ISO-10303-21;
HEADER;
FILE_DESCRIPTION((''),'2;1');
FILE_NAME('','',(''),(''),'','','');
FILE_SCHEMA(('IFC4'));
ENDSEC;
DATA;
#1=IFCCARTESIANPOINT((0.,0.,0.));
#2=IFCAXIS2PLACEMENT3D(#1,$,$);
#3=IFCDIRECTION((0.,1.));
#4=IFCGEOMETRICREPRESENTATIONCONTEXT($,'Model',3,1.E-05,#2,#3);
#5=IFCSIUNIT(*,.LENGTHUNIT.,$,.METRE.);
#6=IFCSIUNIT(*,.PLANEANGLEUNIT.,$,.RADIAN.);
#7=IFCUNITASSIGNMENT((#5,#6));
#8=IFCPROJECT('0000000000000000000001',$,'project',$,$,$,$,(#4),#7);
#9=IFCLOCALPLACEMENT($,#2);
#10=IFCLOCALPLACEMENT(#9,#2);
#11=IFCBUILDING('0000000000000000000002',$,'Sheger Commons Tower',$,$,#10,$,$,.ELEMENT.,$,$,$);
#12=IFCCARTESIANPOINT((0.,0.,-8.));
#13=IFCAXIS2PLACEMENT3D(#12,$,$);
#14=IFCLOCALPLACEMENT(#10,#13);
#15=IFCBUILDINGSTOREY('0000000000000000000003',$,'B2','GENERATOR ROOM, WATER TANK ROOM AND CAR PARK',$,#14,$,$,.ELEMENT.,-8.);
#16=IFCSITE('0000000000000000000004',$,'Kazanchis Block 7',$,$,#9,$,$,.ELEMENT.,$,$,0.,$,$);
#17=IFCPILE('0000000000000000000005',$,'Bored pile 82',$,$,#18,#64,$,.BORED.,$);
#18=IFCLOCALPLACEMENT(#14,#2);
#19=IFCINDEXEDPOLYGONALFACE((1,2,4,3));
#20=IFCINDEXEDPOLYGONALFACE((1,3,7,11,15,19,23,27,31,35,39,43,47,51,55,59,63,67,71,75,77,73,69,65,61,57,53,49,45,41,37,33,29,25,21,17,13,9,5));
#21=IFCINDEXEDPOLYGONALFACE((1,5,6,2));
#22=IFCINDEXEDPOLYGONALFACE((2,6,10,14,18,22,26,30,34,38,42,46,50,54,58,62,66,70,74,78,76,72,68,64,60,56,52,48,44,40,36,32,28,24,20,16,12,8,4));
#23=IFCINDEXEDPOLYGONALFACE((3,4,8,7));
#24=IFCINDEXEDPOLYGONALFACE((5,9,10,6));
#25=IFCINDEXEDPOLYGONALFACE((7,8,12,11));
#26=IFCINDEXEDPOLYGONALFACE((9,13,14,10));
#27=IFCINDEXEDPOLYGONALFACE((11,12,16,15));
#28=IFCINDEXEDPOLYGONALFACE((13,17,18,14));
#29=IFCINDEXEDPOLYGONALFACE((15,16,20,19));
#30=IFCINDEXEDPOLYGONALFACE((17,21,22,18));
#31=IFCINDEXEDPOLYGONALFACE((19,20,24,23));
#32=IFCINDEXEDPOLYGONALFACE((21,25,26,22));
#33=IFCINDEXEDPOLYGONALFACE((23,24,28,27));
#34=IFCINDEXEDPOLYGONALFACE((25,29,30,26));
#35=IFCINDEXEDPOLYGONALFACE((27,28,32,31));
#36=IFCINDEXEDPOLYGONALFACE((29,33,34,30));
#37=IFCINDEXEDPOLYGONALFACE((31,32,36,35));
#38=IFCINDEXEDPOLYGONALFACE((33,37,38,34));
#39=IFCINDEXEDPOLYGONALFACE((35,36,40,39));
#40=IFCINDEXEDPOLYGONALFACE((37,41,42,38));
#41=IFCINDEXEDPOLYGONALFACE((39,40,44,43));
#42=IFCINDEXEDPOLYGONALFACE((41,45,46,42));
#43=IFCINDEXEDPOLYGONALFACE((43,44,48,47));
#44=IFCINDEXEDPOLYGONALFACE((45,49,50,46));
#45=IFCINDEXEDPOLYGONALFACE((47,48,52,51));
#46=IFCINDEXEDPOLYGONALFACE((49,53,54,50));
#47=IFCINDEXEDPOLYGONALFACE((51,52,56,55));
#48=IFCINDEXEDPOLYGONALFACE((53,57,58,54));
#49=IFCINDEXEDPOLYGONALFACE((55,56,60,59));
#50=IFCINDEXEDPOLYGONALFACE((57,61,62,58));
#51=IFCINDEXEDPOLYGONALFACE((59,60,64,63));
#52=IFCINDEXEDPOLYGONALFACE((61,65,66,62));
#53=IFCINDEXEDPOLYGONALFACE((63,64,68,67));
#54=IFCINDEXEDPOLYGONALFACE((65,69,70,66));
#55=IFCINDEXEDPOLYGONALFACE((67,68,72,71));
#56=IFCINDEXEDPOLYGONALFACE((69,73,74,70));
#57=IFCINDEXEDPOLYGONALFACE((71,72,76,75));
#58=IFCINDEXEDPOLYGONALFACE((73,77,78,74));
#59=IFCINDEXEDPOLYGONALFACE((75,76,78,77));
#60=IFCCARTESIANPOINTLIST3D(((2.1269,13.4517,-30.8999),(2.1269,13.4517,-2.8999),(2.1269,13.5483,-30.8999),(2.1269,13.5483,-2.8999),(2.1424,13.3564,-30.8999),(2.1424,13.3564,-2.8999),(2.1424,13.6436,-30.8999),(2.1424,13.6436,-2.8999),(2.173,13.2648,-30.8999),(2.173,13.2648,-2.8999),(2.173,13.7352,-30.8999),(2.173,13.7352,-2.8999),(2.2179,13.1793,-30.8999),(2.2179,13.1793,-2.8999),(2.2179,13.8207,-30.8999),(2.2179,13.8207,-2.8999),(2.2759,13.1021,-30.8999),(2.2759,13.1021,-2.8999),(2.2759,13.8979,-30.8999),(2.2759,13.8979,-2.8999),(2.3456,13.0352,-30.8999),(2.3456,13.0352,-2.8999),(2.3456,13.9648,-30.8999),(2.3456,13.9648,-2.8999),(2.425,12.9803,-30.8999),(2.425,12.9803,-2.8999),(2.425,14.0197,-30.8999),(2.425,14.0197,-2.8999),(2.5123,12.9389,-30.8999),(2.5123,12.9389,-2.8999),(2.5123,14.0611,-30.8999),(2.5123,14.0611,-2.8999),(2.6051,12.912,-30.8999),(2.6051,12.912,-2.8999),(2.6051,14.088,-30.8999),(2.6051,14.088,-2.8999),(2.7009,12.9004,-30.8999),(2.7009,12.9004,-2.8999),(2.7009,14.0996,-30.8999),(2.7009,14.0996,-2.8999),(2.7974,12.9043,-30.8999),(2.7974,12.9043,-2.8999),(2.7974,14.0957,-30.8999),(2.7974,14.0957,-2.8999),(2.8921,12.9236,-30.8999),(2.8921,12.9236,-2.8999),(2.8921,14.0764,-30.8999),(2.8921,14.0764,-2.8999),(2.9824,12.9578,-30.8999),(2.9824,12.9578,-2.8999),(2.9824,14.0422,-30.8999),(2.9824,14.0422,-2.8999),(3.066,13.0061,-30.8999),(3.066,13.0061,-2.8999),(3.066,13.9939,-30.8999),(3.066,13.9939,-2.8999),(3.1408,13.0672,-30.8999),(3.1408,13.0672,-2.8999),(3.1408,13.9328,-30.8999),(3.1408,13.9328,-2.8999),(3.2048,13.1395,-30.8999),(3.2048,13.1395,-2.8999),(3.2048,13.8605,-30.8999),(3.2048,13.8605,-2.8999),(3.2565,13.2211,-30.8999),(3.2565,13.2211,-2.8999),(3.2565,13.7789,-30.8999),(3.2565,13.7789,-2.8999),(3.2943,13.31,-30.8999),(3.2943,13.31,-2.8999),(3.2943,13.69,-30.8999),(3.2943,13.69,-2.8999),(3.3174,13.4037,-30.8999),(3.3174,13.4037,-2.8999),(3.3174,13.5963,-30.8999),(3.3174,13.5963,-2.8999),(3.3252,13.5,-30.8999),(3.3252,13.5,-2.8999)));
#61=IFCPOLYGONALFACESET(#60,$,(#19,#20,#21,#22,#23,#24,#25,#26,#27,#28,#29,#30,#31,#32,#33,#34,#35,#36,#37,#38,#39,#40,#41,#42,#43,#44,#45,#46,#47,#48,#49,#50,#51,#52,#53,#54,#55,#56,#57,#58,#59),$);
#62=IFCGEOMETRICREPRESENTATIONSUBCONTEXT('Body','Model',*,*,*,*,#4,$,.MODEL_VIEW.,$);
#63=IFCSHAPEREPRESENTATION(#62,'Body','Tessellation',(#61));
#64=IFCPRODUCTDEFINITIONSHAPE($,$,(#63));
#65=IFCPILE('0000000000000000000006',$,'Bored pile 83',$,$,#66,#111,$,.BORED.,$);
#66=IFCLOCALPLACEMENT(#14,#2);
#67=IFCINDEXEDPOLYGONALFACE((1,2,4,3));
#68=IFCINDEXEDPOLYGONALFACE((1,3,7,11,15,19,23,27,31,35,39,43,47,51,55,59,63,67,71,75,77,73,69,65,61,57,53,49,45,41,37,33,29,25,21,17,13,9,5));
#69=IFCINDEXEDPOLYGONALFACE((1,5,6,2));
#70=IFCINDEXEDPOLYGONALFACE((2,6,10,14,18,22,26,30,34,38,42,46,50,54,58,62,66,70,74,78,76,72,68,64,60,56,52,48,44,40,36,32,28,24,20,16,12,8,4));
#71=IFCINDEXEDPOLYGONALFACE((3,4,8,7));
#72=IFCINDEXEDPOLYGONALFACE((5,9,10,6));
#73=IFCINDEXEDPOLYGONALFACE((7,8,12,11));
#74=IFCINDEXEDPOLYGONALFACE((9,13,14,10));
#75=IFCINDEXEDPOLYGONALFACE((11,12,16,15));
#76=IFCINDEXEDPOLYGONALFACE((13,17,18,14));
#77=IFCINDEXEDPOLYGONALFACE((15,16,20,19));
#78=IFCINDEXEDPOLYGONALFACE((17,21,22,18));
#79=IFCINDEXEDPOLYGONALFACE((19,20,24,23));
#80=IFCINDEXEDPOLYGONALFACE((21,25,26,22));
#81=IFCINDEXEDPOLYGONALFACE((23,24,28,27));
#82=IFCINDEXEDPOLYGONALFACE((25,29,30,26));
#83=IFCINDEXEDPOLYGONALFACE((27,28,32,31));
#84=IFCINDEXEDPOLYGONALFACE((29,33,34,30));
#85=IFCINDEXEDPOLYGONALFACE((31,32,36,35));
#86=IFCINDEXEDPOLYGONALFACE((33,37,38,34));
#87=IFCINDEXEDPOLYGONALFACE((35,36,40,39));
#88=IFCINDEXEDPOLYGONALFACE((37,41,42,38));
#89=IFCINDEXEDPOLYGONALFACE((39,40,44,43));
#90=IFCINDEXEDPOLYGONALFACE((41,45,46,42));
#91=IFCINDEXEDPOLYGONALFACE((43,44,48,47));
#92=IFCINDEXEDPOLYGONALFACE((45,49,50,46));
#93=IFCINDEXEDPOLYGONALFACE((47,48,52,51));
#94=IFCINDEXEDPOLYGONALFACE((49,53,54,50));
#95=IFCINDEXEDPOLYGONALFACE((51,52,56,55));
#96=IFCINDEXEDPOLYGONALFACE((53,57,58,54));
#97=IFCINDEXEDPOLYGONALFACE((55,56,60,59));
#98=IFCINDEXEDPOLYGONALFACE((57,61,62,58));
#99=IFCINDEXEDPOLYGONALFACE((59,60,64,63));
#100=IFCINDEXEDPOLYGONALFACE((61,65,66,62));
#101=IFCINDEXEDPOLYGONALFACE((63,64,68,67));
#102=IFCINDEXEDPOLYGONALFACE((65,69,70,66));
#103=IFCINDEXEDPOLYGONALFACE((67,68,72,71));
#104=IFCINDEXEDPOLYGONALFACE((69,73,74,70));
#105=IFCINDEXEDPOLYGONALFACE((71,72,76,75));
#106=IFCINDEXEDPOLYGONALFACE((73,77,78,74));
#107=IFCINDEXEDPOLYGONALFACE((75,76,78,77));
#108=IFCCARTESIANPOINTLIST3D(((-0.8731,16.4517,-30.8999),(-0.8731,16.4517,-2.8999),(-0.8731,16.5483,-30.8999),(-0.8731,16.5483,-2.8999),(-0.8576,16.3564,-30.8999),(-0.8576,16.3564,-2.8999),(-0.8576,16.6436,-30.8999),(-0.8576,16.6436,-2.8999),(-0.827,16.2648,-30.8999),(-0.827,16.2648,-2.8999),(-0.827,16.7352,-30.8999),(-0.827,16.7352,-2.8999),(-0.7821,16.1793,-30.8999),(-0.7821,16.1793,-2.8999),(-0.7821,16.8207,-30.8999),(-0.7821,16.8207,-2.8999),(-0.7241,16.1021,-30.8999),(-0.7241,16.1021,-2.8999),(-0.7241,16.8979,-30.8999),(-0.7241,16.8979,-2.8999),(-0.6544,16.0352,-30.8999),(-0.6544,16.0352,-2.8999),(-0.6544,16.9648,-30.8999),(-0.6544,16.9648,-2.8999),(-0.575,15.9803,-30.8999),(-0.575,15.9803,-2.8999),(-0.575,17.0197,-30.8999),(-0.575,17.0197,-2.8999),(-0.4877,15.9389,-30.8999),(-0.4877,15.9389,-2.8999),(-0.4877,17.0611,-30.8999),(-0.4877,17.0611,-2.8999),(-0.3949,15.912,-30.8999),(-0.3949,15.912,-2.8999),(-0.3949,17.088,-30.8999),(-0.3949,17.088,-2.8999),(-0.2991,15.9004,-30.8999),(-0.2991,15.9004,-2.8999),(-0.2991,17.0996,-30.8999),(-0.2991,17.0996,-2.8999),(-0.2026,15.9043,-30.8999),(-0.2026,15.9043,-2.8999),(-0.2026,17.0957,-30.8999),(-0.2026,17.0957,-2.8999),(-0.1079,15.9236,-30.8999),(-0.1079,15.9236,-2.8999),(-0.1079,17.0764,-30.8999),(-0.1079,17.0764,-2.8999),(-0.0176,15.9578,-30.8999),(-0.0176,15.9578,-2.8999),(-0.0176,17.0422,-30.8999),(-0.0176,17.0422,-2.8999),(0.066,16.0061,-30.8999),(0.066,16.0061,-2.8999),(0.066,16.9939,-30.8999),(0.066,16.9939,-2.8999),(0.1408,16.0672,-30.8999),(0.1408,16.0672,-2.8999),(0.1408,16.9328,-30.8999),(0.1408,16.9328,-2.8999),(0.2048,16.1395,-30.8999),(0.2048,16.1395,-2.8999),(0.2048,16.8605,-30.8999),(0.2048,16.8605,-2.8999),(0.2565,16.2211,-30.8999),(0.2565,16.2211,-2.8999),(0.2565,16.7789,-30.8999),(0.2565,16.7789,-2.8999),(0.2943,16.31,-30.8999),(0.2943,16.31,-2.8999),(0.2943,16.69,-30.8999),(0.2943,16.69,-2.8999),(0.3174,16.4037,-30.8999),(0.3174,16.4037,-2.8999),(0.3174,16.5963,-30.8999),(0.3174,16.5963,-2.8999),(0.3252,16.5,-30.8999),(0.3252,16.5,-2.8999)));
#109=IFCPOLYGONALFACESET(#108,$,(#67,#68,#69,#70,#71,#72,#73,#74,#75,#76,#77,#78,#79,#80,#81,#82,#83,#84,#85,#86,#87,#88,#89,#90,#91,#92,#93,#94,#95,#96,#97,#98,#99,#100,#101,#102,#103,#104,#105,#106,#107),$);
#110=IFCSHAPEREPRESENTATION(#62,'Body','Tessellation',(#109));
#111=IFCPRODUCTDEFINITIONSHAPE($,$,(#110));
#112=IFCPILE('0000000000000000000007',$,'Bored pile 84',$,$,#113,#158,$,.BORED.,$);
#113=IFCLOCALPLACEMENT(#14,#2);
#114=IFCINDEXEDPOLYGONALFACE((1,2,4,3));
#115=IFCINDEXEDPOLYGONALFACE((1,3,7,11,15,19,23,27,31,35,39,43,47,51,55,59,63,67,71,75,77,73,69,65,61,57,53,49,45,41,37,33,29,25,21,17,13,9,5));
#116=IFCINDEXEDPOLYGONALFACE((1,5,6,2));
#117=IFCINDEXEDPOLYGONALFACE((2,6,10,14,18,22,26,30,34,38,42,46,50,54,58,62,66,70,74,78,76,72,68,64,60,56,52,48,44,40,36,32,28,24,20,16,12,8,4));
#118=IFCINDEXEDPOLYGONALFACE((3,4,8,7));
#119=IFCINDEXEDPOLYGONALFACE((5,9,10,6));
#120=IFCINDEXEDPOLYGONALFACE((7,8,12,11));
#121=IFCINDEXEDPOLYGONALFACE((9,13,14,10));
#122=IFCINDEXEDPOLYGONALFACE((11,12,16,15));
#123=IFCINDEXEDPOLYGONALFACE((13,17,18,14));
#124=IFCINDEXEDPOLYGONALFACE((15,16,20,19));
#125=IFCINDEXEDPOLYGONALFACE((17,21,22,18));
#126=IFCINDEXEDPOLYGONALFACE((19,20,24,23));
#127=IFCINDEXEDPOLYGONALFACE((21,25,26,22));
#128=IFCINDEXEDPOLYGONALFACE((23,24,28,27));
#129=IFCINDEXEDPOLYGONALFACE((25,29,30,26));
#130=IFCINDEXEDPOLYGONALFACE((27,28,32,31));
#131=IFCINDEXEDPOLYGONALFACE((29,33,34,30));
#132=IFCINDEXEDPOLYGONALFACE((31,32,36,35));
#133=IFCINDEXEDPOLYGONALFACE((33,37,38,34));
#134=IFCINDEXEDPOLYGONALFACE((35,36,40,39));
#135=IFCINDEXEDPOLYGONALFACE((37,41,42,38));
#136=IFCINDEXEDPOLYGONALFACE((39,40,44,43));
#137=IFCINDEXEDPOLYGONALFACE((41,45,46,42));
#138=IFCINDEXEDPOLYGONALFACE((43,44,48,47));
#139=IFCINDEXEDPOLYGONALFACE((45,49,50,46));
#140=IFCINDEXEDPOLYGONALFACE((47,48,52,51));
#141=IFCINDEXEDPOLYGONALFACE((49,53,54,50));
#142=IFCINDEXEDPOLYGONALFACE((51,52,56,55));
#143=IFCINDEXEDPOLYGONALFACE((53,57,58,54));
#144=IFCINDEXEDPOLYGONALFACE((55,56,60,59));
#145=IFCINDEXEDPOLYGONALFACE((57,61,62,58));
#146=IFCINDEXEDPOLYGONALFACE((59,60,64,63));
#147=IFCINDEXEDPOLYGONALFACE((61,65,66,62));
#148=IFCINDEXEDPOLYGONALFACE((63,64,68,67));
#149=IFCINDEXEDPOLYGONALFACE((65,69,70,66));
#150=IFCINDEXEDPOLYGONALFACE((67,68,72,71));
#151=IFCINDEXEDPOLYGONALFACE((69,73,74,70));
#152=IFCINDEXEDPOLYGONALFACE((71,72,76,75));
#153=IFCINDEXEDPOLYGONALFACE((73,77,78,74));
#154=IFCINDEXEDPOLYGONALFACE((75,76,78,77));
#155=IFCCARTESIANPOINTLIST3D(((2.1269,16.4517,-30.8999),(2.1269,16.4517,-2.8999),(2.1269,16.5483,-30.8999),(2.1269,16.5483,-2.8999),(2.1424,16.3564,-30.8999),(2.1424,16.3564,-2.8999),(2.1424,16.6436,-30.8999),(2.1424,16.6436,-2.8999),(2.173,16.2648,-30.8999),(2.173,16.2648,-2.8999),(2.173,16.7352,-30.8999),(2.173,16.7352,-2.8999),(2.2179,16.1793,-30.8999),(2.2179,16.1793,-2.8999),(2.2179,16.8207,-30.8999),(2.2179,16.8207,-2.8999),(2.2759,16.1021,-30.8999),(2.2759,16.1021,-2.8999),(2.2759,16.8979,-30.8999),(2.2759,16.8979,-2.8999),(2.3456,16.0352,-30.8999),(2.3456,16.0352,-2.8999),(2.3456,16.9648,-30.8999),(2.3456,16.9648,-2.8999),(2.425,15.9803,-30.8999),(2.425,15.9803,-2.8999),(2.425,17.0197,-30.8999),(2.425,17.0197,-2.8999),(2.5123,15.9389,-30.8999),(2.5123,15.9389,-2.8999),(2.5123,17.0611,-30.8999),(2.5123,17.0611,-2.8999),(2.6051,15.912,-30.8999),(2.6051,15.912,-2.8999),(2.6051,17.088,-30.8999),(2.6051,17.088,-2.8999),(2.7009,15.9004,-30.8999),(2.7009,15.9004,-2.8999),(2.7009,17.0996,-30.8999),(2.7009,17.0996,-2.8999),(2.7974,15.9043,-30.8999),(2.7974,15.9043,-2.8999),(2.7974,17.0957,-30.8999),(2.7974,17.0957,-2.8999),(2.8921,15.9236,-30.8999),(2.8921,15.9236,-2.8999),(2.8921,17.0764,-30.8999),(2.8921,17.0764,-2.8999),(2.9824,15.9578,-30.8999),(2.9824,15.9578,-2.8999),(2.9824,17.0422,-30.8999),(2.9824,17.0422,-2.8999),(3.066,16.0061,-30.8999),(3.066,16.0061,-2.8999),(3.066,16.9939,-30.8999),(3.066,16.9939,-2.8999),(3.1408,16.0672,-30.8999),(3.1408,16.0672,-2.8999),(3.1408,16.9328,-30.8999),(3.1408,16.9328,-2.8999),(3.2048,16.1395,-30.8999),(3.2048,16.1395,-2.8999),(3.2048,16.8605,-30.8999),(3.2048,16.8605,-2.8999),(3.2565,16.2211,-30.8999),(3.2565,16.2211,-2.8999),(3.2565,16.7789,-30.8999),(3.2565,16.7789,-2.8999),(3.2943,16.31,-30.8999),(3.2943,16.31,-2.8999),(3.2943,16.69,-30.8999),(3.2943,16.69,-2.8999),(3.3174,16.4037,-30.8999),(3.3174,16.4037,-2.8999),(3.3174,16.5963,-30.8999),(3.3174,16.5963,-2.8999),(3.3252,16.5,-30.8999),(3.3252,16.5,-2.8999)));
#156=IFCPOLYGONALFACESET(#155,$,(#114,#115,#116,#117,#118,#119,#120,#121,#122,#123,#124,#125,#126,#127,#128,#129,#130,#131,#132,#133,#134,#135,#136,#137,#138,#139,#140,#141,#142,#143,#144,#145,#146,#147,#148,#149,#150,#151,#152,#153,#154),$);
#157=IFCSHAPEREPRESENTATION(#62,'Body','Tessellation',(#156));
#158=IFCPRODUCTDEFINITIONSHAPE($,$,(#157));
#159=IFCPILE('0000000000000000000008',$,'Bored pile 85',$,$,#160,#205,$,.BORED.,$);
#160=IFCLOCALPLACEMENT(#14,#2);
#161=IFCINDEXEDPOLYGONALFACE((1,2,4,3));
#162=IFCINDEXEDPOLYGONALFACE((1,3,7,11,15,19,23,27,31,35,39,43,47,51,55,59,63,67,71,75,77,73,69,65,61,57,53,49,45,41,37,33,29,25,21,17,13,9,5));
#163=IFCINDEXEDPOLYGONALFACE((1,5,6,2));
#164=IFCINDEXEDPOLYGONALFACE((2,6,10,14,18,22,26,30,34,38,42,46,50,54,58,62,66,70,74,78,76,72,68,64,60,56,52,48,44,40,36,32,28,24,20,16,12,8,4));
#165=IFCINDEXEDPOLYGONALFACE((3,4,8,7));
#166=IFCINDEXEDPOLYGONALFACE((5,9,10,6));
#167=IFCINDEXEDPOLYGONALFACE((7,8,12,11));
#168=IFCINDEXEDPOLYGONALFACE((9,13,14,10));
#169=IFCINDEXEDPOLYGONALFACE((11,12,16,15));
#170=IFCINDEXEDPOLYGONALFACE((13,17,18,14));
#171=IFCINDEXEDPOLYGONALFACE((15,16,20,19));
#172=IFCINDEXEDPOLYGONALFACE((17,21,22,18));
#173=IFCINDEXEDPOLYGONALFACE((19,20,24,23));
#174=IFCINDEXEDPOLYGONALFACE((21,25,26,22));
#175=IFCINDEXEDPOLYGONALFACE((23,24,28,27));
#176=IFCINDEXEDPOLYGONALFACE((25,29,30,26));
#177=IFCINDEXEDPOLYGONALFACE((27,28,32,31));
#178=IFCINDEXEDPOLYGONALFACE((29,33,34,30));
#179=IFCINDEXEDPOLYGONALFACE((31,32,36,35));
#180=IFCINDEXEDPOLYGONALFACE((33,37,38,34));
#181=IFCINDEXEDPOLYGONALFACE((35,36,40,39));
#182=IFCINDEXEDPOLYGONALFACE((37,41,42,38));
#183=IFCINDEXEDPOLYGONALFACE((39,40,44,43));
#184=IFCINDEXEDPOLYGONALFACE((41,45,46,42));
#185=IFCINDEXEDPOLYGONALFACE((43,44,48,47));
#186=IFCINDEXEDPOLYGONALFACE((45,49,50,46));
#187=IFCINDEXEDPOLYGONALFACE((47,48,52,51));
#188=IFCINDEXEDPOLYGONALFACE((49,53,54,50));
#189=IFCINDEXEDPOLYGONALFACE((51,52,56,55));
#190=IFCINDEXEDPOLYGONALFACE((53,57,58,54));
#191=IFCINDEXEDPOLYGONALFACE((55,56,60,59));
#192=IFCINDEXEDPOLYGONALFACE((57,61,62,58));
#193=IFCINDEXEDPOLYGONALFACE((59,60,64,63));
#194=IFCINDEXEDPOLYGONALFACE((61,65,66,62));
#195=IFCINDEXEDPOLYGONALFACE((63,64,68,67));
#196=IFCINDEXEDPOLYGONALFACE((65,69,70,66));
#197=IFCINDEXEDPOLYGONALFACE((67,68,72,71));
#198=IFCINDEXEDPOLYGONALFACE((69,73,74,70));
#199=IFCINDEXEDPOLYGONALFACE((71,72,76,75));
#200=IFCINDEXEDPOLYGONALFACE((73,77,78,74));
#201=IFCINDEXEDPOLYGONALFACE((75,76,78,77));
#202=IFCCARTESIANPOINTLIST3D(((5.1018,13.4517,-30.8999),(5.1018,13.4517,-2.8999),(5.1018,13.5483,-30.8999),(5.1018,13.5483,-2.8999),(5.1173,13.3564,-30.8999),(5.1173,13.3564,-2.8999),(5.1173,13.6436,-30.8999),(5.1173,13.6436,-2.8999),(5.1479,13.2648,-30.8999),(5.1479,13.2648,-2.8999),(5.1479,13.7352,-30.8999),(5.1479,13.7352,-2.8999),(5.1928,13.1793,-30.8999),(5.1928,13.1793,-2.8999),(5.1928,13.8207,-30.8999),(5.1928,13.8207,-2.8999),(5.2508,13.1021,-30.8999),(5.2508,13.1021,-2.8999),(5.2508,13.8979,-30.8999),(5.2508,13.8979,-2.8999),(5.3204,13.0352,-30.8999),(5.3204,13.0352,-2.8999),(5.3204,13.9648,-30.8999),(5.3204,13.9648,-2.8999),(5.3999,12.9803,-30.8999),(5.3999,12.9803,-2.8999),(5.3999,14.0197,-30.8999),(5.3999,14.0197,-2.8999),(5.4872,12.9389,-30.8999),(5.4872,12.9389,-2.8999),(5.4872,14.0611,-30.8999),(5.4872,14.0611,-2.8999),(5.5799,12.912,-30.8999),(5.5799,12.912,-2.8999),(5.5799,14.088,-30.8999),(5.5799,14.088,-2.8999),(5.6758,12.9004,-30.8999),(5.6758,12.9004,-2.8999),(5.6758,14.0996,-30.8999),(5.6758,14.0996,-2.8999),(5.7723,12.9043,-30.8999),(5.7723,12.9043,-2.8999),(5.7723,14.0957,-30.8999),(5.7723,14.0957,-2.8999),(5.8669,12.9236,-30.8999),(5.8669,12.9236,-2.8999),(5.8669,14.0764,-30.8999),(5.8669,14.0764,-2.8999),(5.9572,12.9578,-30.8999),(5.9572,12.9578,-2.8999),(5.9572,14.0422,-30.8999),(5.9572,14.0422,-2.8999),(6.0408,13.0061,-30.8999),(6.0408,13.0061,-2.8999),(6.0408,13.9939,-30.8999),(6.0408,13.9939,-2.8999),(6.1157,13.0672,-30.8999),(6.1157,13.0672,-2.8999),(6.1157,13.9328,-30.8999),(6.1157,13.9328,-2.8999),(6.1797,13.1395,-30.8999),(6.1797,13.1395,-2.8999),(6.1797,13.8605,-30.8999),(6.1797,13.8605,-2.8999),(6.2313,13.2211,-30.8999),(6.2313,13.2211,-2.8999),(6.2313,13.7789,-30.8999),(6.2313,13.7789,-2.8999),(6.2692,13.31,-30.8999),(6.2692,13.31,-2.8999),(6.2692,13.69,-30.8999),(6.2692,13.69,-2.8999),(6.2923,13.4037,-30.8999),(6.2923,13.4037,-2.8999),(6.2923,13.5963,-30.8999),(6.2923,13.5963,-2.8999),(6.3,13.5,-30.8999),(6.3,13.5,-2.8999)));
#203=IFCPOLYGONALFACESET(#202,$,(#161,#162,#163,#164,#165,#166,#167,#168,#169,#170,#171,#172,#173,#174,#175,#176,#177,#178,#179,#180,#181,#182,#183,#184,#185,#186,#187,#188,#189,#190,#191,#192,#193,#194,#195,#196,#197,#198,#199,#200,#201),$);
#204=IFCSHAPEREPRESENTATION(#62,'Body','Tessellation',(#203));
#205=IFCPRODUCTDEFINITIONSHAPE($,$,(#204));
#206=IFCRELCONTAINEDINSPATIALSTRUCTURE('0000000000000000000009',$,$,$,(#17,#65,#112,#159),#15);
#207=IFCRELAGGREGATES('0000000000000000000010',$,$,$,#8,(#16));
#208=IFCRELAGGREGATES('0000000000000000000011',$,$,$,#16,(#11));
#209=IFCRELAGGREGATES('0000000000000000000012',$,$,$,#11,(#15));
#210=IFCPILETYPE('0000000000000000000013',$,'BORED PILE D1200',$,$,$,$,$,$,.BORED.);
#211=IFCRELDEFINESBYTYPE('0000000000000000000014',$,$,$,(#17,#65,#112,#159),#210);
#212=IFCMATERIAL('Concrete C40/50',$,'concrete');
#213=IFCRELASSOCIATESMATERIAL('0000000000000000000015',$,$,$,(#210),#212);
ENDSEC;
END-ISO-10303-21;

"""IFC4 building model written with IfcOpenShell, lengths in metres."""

from ifc_helpers import new_model, si_unit, direction, frame, origin, origin_2d, place, context, subcontext, project, spatial, circle, extrude, material, material_profile, profile_set, type_object, element, save


model = new_model("IFC4")

# Units and contexts
model_context = context("Model", 3, precision=1e-05, world=origin(), true_north=direction((0.0, 1.0)))
body_context = subcontext(model_context, "Body", "Model", "MODEL_VIEW")
ifc_project = project(units=[si_unit("LENGTHUNIT", "METRE"), si_unit("PLANEANGLEUNIT", "RADIAN")], contexts=[model_context])

# Site, building, storey
site_placement = place(None, origin())
site = spatial("IfcSite", under=ifc_project, at=site_placement, Name="Kazanchis Block 7", CompositionType="ELEMENT", RefElevation=0.0)
building_placement = place(site_placement, origin())
building = spatial("IfcBuilding", under=site, at=building_placement, Name="Sheger Commons Tower", CompositionType="ELEMENT")
storey_placement = place(building_placement, frame((0.0, 0.0, -8.0)))
storey = spatial("IfcBuildingStorey", under=building, at=storey_placement, Name="B2", Description="GENERATOR ROOM, WATER TANK ROOM AND CAR PARK", CompositionType="ELEMENT", Elevation=-8.0)

# Piles
ifc_material_1 = material(Name="Concrete C40/50", Category="concrete")
ifc_material_profile_1 = material_profile(ifc_material_1, circle(Radius=0.6001, at=origin_2d()), Name="PILE D1200")
ifc_profile_set_1 = profile_set([ifc_material_profile_1], Name="Concrete C40/50")
pile_type = type_object("IfcPileType", Name="BORED PILE D1200", PredefinedType="BORED", material=ifc_profile_set_1)
for number, where, z_axis, x_axis, name in (
    (1, (2.7251, 13.5, -2.8999), (0.0, 0.0, -1.0), (1.0, 0.0, 0.0), "Bored pile 82"),
    (2, (-0.2749, 16.5, -2.8999), (0.0, 0.0, -1.0), (1.0, 0.0, 0.0), "Bored pile 83"),
    (3, (2.7251, 16.5, -2.8999), (0.0, 0.0, -1.0), (1.0, 0.0, 0.0), "Bored pile 84"),
    (4, (5.7, 13.5, -2.8999), (0.0, 0.0, -1.0), (1.0, 0.0, 0.0), "Bored pile 85"),
):
    element("IfcPile", number, at=place(storey_placement, frame(where, z_axis=z_axis, x_axis=x_axis)), inside=storey, type_object=pile_type, Name=name, PredefinedType="BORED", context=body_context, shape_type="SweptSolid", body=[
        extrude(circle(Radius=0.6001, at=origin_2d()), origin(), (0.0, 0.0, 1.0), 28.0),
    ])

save(model, "model.ifc")
